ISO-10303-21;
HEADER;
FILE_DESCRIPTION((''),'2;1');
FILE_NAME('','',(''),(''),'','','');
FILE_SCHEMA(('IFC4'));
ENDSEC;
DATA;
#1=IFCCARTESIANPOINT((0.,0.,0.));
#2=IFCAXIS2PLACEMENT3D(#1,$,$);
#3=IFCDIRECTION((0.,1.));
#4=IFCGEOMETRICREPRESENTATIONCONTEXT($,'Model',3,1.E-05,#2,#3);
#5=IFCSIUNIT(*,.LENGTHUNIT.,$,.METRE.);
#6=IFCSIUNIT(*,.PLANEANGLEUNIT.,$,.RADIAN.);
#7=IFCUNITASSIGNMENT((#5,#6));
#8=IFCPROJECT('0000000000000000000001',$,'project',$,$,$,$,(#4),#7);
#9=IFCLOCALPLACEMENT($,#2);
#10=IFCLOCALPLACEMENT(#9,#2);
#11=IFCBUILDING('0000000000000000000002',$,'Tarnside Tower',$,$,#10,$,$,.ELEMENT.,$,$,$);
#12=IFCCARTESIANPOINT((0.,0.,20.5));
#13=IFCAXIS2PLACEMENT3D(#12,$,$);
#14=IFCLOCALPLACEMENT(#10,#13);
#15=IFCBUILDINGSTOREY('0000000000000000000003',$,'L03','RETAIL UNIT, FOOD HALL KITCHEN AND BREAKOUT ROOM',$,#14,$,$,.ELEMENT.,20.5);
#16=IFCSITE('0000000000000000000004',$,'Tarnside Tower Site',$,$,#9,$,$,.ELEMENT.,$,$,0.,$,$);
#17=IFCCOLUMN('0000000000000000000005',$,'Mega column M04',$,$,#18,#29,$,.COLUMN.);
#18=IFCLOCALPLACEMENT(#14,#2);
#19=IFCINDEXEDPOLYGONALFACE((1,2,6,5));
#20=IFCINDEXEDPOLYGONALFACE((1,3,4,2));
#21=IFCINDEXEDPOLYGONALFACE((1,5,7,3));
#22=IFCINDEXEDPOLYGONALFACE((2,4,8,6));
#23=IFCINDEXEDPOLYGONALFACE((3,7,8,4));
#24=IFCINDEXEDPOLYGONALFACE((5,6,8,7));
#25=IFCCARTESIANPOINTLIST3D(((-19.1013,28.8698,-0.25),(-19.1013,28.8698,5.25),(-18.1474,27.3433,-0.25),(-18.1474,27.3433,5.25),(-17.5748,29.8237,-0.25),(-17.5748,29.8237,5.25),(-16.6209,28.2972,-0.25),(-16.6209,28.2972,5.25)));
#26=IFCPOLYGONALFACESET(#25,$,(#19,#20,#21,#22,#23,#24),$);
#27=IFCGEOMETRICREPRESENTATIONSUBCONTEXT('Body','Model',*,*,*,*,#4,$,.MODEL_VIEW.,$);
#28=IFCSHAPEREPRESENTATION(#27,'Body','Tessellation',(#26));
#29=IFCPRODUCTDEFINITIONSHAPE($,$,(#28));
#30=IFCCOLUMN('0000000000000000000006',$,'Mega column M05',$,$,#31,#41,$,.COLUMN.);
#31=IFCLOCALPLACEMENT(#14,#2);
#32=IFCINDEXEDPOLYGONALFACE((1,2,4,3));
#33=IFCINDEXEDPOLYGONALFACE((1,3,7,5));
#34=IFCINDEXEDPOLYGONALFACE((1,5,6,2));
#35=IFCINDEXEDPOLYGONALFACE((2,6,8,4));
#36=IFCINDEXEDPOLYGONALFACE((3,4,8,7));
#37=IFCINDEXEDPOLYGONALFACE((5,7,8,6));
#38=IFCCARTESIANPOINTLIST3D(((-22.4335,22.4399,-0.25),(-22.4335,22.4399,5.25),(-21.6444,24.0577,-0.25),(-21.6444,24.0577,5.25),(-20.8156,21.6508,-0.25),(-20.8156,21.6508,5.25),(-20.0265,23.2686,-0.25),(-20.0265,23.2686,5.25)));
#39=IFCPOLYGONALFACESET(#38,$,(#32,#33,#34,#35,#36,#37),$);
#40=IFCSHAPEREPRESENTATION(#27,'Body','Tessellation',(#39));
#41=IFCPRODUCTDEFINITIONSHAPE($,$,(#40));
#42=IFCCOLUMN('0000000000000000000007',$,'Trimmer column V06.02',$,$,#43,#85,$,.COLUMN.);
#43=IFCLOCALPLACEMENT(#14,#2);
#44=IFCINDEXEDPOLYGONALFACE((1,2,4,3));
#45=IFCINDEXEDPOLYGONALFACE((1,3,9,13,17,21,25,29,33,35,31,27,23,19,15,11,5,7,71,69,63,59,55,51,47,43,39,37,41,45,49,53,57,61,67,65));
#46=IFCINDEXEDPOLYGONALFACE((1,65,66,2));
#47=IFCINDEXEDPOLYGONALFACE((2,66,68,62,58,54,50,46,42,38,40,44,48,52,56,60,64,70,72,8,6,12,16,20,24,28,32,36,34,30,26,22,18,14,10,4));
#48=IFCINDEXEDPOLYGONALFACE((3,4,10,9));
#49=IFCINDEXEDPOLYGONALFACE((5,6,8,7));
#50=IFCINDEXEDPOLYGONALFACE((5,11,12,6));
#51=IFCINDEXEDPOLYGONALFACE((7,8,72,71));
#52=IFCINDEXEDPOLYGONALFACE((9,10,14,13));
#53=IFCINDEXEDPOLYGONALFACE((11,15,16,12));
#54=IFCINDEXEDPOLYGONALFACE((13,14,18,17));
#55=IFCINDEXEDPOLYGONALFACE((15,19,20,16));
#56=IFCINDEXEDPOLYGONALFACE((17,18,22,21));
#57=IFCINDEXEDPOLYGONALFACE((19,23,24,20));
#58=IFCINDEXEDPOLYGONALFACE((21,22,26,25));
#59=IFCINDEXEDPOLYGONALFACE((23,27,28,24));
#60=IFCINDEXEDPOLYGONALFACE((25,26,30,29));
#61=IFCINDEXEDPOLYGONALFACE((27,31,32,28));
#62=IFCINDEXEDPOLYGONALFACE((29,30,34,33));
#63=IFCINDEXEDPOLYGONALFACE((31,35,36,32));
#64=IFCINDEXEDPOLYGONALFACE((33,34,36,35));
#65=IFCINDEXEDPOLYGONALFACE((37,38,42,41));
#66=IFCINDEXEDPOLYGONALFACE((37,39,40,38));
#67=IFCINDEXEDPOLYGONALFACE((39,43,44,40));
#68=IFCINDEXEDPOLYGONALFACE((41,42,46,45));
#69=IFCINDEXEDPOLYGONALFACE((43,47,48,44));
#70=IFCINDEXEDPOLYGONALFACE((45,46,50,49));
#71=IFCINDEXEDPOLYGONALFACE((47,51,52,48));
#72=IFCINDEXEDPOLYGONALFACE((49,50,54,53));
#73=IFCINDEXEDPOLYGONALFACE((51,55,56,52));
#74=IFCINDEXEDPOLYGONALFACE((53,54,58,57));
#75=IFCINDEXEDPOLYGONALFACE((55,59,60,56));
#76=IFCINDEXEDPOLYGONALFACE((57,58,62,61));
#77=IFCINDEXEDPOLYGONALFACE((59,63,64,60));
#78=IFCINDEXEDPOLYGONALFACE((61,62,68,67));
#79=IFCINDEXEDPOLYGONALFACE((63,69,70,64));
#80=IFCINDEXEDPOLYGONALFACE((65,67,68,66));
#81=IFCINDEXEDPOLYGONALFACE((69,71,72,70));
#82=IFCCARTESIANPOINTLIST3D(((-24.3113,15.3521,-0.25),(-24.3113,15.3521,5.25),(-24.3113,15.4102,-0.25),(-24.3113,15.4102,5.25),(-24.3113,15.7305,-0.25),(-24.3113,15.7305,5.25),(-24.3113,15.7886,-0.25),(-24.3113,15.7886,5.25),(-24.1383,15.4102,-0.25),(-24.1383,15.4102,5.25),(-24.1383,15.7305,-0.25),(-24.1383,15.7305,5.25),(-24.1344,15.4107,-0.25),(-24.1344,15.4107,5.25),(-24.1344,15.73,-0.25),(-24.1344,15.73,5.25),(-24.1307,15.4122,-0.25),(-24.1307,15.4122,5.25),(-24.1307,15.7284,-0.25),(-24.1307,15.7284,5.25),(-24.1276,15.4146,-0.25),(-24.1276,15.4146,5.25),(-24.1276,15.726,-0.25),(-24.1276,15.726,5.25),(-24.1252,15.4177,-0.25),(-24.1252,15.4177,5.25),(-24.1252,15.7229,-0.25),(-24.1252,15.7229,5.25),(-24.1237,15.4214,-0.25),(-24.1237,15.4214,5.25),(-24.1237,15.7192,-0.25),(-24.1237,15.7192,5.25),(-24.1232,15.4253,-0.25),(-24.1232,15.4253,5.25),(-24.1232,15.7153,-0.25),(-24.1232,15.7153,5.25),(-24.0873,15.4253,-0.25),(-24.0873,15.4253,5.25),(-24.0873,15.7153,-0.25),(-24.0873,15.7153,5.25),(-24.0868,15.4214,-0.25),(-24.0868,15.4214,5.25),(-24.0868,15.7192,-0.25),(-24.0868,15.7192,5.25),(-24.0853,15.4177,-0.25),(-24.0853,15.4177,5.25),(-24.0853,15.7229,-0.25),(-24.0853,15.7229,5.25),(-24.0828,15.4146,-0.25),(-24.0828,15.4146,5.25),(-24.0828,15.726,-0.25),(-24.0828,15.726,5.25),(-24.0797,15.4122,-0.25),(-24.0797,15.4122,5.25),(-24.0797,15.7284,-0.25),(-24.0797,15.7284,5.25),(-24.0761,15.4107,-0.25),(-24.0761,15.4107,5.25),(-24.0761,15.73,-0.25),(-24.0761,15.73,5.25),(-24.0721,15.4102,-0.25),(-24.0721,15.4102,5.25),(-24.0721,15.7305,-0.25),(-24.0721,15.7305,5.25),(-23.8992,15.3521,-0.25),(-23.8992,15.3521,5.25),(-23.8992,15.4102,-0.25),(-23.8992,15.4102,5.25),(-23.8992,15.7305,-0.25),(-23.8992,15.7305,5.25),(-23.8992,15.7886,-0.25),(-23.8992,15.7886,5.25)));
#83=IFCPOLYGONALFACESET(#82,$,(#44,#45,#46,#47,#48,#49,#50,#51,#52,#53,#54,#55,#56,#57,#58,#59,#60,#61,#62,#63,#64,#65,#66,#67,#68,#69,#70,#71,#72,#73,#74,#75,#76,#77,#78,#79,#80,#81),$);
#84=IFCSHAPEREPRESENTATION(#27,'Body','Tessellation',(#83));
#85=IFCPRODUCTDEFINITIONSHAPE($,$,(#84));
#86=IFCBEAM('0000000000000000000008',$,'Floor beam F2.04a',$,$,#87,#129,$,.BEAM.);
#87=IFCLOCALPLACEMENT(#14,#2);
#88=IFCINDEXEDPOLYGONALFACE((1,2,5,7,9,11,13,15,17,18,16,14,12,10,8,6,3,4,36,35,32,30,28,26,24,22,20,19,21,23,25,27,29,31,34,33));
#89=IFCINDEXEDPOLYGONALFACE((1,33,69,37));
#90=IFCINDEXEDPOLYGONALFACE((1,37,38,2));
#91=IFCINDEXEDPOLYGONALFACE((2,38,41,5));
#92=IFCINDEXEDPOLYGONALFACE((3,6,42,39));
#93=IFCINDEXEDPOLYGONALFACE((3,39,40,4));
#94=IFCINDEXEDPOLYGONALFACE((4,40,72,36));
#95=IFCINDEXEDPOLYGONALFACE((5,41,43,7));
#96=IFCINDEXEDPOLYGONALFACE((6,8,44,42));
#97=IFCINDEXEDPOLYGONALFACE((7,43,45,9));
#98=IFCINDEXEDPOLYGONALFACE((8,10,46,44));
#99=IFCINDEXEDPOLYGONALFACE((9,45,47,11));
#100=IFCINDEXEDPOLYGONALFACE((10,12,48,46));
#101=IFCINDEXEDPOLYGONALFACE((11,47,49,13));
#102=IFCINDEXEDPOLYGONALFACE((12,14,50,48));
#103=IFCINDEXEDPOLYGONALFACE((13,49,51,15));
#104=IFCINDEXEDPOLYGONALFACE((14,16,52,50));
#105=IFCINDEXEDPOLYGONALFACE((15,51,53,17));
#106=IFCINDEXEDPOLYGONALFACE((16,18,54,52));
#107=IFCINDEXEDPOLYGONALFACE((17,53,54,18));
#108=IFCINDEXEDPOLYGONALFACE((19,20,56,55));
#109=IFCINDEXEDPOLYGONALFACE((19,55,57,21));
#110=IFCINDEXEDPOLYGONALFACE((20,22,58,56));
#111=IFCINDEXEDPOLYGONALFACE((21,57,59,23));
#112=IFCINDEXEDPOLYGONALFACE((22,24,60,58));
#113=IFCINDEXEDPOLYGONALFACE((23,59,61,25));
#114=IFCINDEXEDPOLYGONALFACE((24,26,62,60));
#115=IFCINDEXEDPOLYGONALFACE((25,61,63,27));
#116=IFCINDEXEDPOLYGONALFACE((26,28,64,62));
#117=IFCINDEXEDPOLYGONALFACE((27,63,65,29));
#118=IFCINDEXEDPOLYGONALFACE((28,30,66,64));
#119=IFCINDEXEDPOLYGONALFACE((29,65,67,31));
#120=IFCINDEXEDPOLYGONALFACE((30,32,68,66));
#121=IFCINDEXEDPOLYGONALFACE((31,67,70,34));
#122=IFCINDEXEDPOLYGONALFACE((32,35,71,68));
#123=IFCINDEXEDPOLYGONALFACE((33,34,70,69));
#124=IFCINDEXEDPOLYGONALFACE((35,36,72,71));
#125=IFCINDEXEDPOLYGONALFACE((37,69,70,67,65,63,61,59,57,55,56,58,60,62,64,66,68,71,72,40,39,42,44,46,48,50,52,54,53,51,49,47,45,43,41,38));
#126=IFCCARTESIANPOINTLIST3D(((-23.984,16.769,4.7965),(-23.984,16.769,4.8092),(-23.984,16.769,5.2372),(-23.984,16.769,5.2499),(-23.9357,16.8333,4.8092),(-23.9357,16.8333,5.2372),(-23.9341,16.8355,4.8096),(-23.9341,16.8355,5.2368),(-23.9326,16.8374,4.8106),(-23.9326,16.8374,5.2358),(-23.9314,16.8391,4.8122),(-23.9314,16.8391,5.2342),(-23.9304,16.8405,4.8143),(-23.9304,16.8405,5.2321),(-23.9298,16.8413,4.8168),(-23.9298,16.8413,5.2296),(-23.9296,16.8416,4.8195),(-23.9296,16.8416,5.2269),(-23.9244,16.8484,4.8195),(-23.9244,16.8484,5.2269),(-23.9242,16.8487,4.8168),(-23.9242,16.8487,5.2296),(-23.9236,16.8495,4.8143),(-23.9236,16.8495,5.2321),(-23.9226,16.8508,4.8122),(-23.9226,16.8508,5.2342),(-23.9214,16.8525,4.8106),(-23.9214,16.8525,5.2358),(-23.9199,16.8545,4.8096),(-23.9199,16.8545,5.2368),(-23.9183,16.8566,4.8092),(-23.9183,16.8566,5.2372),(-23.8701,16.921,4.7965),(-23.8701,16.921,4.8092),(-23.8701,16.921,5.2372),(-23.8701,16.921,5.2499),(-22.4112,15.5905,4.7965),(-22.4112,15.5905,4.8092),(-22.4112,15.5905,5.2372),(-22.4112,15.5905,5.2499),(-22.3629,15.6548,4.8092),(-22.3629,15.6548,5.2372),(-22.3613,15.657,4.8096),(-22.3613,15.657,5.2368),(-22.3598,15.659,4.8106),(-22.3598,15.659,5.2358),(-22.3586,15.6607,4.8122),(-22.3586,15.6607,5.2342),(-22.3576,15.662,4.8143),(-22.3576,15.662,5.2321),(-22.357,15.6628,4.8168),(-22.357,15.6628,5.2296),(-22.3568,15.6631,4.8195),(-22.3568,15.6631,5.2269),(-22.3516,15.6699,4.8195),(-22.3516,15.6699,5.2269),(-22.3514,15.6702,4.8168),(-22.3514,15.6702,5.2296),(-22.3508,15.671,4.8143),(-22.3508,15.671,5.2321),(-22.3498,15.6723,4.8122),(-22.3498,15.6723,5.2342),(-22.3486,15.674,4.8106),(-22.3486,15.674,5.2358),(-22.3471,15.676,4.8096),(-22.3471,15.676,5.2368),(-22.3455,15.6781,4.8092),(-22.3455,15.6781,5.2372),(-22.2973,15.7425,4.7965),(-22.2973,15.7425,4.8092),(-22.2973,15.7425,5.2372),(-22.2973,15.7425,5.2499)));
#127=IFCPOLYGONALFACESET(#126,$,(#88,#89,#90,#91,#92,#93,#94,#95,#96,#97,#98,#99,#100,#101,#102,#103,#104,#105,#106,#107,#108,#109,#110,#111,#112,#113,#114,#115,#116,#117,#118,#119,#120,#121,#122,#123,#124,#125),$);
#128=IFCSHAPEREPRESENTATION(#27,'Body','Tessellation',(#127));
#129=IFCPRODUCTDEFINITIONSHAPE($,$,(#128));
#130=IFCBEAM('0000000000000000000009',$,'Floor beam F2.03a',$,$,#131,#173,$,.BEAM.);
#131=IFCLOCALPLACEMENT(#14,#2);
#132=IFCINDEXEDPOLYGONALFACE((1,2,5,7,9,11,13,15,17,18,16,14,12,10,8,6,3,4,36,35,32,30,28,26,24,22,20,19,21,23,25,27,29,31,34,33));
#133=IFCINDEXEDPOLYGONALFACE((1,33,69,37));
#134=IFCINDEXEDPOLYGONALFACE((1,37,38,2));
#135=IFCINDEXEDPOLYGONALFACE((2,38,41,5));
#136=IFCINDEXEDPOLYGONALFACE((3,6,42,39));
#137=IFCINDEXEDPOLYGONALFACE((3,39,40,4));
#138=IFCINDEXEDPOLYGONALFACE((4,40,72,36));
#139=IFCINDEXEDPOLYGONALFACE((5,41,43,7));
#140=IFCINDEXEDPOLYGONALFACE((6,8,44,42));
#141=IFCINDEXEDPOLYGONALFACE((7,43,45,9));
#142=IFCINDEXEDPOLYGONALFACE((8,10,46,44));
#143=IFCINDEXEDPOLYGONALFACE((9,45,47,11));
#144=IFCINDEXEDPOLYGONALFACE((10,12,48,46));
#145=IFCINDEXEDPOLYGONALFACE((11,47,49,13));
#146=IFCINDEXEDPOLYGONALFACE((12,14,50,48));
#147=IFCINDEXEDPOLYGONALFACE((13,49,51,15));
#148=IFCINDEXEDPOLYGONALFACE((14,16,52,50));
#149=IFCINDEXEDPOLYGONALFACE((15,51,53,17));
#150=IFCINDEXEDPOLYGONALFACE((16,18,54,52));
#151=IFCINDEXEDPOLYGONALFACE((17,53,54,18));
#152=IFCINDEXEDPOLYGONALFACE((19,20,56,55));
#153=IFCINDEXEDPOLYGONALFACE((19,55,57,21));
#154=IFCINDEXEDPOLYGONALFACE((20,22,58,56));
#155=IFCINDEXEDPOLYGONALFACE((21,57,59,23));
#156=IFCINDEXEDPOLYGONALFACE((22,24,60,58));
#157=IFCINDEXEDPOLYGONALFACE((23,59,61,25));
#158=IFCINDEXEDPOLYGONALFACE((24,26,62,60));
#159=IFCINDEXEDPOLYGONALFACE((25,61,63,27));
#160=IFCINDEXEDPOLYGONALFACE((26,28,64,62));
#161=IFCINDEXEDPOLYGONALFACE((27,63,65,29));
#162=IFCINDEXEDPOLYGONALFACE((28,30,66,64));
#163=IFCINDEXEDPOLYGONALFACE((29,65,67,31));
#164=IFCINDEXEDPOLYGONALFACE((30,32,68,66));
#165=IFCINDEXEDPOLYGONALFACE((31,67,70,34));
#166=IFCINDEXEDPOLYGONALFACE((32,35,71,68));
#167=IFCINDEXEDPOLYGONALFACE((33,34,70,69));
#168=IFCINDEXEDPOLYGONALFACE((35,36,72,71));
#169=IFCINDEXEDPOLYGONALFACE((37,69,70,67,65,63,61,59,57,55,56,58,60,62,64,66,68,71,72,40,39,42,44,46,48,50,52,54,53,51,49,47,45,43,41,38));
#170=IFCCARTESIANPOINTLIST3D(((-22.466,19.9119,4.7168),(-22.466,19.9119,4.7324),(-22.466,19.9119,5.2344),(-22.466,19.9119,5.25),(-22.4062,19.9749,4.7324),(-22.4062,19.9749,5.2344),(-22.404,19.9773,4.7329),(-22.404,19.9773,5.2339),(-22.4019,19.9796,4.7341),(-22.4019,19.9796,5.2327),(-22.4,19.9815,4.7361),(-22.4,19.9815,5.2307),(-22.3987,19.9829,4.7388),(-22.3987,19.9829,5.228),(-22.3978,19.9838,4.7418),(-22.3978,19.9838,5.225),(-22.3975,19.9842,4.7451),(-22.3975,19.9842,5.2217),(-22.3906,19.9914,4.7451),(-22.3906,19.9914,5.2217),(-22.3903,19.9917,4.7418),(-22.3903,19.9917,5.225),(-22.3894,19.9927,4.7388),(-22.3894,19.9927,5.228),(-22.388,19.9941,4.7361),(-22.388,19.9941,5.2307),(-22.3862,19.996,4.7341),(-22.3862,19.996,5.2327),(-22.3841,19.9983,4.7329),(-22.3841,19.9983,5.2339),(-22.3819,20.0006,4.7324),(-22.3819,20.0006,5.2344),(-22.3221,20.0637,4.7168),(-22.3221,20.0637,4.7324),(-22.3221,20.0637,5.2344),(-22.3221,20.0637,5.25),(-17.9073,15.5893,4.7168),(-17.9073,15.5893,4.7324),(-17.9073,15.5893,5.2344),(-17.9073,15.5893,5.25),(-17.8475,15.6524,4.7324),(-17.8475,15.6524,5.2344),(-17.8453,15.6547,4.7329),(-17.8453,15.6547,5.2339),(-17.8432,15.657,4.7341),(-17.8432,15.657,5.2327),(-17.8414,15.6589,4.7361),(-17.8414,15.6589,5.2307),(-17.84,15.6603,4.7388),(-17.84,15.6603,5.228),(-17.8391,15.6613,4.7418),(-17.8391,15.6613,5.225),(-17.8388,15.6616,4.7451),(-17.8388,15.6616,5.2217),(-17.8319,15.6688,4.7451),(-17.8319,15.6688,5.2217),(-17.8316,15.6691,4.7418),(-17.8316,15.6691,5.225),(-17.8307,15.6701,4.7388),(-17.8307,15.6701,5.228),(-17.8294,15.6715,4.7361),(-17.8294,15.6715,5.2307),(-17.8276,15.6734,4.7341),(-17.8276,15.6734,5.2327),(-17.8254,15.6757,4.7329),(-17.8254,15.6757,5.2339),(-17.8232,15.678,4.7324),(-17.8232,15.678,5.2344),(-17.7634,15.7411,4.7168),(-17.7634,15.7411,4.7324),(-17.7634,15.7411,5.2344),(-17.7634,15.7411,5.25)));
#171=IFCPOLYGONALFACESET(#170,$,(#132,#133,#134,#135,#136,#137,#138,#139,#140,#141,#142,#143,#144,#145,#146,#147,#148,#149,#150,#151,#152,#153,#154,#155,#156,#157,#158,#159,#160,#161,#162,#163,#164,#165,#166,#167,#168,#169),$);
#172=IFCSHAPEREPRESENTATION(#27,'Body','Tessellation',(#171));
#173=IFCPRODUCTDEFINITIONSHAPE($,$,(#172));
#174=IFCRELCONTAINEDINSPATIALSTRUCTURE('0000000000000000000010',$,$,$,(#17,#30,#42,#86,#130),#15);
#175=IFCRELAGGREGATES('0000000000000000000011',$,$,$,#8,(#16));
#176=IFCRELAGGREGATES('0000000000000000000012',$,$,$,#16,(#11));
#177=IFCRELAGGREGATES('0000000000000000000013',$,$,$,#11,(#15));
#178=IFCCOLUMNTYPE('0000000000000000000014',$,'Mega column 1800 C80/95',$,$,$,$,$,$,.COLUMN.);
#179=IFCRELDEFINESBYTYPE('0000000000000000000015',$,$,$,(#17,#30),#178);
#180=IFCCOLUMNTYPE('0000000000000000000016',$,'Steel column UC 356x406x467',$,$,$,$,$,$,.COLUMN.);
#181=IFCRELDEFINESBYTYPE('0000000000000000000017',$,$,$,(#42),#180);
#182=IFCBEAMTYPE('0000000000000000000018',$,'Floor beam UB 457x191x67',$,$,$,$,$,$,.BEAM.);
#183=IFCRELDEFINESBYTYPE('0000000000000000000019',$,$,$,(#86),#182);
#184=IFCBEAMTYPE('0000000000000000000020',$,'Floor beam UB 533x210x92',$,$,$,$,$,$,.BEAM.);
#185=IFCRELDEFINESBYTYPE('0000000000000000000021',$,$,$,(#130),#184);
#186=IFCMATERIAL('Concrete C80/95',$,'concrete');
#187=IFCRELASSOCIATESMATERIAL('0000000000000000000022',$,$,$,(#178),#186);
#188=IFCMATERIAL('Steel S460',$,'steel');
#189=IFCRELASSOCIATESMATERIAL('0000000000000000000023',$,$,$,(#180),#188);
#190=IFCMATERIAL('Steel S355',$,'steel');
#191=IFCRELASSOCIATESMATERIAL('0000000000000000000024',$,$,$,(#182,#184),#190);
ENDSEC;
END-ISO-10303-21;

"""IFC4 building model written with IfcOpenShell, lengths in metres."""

from ifc_helpers import new_model, si_unit, direction, frame, origin, origin_2d, place, context, subcontext, project, spatial, rectangle, i_section, extrude, material, material_profile, profile_set, type_object, element, save


model = new_model("IFC4")

# Units and contexts
model_context = context("Model", 3, precision=1e-05, world=origin(), true_north=direction((0.0, 1.0)))
body_context = subcontext(model_context, "Body", "Model", "MODEL_VIEW")
ifc_project = project(units=[si_unit("LENGTHUNIT", "METRE"), si_unit("PLANEANGLEUNIT", "RADIAN")], contexts=[model_context])

# Site, building, storey
site_placement = place(None, origin())
site = spatial("IfcSite", under=ifc_project, at=site_placement, Name="Tarnside Tower Site", CompositionType="ELEMENT", RefElevation=0.0)
building_placement = place(site_placement, origin())
building = spatial("IfcBuilding", under=site, at=building_placement, Name="Tarnside Tower", CompositionType="ELEMENT")
storey_placement = place(building_placement, frame((0.0, 0.0, 20.5)))
storey = spatial("IfcBuildingStorey", under=building, at=storey_placement, Name="L03", Description="RETAIL UNIT, FOOD HALL KITCHEN AND BREAKOUT ROOM", CompositionType="ELEMENT", Elevation=20.5)

# Columns
ifc_material_1 = material(Name="Concrete C80/95", Category="concrete")
ifc_material_profile_1 = material_profile(ifc_material_1, rectangle(XDim=1.8, YDim=1.8, at=origin_2d()), Name="Mega column 1800x1800")
ifc_profile_set_1 = profile_set([ifc_material_profile_1], Name="Concrete C80/95")
column_type_1 = type_object("IfcColumnType", Name="Mega column 1800 C80/95", PredefinedType="COLUMN", material=ifc_profile_set_1)
for number, where, z_axis, x_axis, name in (
    (1, (-17.8611, 28.5835, -0.25), (0.0, 0.0, 1.0), (0.848048, 0.529919, 0.0), "Mega column M04"),
    (2, (-21.23, 22.8542, -0.25), (0.0, 0.0, 1.0), (0.438371, 0.898794, 0.0), "Mega column M05"),
):
    element("IfcColumn", number, at=place(storey_placement, frame(where, z_axis=z_axis, x_axis=x_axis)), inside=storey, type_object=column_type_1, Name=name, PredefinedType="COLUMN", context=body_context, shape_type="SweptSolid", body=[
        extrude(rectangle(XDim=1.8, YDim=1.8, at=origin_2d()), origin(), (0.0, 0.0, 1.0), 5.5),
    ])
ifc_material_2 = material(Name="Steel S460", Category="steel")
ifc_material_profile_2 = material_profile(ifc_material_2, i_section(OverallWidth=0.4121, OverallDepth=0.4365, WebThickness=0.0359, FlangeThickness=0.0581, FilletRadius=0.0151, at=origin_2d()), Name="UC 356x406x467")
ifc_profile_set_2 = profile_set([ifc_material_profile_2], Name="Steel S460")
column_type_2 = type_object("IfcColumnType", Name="Steel column UC 356x406x467", PredefinedType="COLUMN", material=ifc_profile_set_2)
column_placement = place(storey_placement, frame((-24.1052, 15.5703, -0.25), z_axis=(0.0, 0.0, 1.0), x_axis=(1.0, 0.0, 0.0)))
element("IfcColumn", 3, at=column_placement, inside=storey, type_object=column_type_2, Name="Trimmer column V06.02", PredefinedType="COLUMN", context=body_context, shape_type="SweptSolid", body=[
    extrude(i_section(OverallWidth=0.4121, OverallDepth=0.4365, WebThickness=0.0359, FlangeThickness=0.0581, FilletRadius=0.0151, at=origin_2d()), origin(), (0.0, 0.0, 1.0), 5.5),
])

# Beams
ifc_material_3 = material(Name="Steel S355", Category="steel")
ifc_material_profile_3 = material_profile(ifc_material_3, i_section(OverallWidth=0.1899, OverallDepth=0.4534, WebThickness=0.0085, FlangeThickness=0.0127, FilletRadius=0.0103, at=origin_2d()), Name="UB 457x191x67")
ifc_profile_set_3 = profile_set([ifc_material_profile_3], Name="Steel S355")
beam_type_1 = type_object("IfcBeamType", Name="Floor beam UB 457x191x67", PredefinedType="BEAM", material=ifc_profile_set_3)
beam_1_placement = place(storey_placement, frame((-23.927, 16.845, 5.0232), z_axis=(0.800268, -0.599642, 0.0), x_axis=(0.599642, 0.800268, 0.0)))
element("IfcBeam", 4, at=beam_1_placement, inside=storey, type_object=beam_type_1, Name="Floor beam F2.04a", PredefinedType="BEAM", context=body_context, shape_type="SweptSolid", body=[
    extrude(i_section(OverallWidth=0.1899, OverallDepth=0.4534, WebThickness=0.0085, FlangeThickness=0.0127, FilletRadius=0.0103, at=origin_2d()), origin(), (0.0, 0.0, 1.0), 1.9653),
])
ifc_material_profile_4 = material_profile(ifc_material_3, i_section(OverallWidth=0.2092, OverallDepth=0.5332, WebThickness=0.01, FlangeThickness=0.0156, FilletRadius=0.0127, at=origin_2d()), Name="UB 533x210x92")
ifc_profile_set_4 = profile_set([ifc_material_profile_4], Name="Steel S355")
beam_type_2 = type_object("IfcBeamType", Name="Floor beam UB 533x210x92", PredefinedType="BEAM", material=ifc_profile_set_4)
beam_2_placement = place(storey_placement, frame((-22.394, 19.9878, 4.9834), z_axis=(0.725647, -0.688067, 0.0), x_axis=(0.688067, 0.725647, 0.0)))
element("IfcBeam", 5, at=beam_2_placement, inside=storey, type_object=beam_type_2, Name="Floor beam F2.03a", PredefinedType="BEAM", context=body_context, shape_type="SweptSolid", body=[
    extrude(i_section(OverallWidth=0.2092, OverallDepth=0.5332, WebThickness=0.01, FlangeThickness=0.0156, FilletRadius=0.0127, at=origin_2d()), origin(), (0.0, 0.0, 1.0), 6.2822),
])

save(model, "model.ifc")
